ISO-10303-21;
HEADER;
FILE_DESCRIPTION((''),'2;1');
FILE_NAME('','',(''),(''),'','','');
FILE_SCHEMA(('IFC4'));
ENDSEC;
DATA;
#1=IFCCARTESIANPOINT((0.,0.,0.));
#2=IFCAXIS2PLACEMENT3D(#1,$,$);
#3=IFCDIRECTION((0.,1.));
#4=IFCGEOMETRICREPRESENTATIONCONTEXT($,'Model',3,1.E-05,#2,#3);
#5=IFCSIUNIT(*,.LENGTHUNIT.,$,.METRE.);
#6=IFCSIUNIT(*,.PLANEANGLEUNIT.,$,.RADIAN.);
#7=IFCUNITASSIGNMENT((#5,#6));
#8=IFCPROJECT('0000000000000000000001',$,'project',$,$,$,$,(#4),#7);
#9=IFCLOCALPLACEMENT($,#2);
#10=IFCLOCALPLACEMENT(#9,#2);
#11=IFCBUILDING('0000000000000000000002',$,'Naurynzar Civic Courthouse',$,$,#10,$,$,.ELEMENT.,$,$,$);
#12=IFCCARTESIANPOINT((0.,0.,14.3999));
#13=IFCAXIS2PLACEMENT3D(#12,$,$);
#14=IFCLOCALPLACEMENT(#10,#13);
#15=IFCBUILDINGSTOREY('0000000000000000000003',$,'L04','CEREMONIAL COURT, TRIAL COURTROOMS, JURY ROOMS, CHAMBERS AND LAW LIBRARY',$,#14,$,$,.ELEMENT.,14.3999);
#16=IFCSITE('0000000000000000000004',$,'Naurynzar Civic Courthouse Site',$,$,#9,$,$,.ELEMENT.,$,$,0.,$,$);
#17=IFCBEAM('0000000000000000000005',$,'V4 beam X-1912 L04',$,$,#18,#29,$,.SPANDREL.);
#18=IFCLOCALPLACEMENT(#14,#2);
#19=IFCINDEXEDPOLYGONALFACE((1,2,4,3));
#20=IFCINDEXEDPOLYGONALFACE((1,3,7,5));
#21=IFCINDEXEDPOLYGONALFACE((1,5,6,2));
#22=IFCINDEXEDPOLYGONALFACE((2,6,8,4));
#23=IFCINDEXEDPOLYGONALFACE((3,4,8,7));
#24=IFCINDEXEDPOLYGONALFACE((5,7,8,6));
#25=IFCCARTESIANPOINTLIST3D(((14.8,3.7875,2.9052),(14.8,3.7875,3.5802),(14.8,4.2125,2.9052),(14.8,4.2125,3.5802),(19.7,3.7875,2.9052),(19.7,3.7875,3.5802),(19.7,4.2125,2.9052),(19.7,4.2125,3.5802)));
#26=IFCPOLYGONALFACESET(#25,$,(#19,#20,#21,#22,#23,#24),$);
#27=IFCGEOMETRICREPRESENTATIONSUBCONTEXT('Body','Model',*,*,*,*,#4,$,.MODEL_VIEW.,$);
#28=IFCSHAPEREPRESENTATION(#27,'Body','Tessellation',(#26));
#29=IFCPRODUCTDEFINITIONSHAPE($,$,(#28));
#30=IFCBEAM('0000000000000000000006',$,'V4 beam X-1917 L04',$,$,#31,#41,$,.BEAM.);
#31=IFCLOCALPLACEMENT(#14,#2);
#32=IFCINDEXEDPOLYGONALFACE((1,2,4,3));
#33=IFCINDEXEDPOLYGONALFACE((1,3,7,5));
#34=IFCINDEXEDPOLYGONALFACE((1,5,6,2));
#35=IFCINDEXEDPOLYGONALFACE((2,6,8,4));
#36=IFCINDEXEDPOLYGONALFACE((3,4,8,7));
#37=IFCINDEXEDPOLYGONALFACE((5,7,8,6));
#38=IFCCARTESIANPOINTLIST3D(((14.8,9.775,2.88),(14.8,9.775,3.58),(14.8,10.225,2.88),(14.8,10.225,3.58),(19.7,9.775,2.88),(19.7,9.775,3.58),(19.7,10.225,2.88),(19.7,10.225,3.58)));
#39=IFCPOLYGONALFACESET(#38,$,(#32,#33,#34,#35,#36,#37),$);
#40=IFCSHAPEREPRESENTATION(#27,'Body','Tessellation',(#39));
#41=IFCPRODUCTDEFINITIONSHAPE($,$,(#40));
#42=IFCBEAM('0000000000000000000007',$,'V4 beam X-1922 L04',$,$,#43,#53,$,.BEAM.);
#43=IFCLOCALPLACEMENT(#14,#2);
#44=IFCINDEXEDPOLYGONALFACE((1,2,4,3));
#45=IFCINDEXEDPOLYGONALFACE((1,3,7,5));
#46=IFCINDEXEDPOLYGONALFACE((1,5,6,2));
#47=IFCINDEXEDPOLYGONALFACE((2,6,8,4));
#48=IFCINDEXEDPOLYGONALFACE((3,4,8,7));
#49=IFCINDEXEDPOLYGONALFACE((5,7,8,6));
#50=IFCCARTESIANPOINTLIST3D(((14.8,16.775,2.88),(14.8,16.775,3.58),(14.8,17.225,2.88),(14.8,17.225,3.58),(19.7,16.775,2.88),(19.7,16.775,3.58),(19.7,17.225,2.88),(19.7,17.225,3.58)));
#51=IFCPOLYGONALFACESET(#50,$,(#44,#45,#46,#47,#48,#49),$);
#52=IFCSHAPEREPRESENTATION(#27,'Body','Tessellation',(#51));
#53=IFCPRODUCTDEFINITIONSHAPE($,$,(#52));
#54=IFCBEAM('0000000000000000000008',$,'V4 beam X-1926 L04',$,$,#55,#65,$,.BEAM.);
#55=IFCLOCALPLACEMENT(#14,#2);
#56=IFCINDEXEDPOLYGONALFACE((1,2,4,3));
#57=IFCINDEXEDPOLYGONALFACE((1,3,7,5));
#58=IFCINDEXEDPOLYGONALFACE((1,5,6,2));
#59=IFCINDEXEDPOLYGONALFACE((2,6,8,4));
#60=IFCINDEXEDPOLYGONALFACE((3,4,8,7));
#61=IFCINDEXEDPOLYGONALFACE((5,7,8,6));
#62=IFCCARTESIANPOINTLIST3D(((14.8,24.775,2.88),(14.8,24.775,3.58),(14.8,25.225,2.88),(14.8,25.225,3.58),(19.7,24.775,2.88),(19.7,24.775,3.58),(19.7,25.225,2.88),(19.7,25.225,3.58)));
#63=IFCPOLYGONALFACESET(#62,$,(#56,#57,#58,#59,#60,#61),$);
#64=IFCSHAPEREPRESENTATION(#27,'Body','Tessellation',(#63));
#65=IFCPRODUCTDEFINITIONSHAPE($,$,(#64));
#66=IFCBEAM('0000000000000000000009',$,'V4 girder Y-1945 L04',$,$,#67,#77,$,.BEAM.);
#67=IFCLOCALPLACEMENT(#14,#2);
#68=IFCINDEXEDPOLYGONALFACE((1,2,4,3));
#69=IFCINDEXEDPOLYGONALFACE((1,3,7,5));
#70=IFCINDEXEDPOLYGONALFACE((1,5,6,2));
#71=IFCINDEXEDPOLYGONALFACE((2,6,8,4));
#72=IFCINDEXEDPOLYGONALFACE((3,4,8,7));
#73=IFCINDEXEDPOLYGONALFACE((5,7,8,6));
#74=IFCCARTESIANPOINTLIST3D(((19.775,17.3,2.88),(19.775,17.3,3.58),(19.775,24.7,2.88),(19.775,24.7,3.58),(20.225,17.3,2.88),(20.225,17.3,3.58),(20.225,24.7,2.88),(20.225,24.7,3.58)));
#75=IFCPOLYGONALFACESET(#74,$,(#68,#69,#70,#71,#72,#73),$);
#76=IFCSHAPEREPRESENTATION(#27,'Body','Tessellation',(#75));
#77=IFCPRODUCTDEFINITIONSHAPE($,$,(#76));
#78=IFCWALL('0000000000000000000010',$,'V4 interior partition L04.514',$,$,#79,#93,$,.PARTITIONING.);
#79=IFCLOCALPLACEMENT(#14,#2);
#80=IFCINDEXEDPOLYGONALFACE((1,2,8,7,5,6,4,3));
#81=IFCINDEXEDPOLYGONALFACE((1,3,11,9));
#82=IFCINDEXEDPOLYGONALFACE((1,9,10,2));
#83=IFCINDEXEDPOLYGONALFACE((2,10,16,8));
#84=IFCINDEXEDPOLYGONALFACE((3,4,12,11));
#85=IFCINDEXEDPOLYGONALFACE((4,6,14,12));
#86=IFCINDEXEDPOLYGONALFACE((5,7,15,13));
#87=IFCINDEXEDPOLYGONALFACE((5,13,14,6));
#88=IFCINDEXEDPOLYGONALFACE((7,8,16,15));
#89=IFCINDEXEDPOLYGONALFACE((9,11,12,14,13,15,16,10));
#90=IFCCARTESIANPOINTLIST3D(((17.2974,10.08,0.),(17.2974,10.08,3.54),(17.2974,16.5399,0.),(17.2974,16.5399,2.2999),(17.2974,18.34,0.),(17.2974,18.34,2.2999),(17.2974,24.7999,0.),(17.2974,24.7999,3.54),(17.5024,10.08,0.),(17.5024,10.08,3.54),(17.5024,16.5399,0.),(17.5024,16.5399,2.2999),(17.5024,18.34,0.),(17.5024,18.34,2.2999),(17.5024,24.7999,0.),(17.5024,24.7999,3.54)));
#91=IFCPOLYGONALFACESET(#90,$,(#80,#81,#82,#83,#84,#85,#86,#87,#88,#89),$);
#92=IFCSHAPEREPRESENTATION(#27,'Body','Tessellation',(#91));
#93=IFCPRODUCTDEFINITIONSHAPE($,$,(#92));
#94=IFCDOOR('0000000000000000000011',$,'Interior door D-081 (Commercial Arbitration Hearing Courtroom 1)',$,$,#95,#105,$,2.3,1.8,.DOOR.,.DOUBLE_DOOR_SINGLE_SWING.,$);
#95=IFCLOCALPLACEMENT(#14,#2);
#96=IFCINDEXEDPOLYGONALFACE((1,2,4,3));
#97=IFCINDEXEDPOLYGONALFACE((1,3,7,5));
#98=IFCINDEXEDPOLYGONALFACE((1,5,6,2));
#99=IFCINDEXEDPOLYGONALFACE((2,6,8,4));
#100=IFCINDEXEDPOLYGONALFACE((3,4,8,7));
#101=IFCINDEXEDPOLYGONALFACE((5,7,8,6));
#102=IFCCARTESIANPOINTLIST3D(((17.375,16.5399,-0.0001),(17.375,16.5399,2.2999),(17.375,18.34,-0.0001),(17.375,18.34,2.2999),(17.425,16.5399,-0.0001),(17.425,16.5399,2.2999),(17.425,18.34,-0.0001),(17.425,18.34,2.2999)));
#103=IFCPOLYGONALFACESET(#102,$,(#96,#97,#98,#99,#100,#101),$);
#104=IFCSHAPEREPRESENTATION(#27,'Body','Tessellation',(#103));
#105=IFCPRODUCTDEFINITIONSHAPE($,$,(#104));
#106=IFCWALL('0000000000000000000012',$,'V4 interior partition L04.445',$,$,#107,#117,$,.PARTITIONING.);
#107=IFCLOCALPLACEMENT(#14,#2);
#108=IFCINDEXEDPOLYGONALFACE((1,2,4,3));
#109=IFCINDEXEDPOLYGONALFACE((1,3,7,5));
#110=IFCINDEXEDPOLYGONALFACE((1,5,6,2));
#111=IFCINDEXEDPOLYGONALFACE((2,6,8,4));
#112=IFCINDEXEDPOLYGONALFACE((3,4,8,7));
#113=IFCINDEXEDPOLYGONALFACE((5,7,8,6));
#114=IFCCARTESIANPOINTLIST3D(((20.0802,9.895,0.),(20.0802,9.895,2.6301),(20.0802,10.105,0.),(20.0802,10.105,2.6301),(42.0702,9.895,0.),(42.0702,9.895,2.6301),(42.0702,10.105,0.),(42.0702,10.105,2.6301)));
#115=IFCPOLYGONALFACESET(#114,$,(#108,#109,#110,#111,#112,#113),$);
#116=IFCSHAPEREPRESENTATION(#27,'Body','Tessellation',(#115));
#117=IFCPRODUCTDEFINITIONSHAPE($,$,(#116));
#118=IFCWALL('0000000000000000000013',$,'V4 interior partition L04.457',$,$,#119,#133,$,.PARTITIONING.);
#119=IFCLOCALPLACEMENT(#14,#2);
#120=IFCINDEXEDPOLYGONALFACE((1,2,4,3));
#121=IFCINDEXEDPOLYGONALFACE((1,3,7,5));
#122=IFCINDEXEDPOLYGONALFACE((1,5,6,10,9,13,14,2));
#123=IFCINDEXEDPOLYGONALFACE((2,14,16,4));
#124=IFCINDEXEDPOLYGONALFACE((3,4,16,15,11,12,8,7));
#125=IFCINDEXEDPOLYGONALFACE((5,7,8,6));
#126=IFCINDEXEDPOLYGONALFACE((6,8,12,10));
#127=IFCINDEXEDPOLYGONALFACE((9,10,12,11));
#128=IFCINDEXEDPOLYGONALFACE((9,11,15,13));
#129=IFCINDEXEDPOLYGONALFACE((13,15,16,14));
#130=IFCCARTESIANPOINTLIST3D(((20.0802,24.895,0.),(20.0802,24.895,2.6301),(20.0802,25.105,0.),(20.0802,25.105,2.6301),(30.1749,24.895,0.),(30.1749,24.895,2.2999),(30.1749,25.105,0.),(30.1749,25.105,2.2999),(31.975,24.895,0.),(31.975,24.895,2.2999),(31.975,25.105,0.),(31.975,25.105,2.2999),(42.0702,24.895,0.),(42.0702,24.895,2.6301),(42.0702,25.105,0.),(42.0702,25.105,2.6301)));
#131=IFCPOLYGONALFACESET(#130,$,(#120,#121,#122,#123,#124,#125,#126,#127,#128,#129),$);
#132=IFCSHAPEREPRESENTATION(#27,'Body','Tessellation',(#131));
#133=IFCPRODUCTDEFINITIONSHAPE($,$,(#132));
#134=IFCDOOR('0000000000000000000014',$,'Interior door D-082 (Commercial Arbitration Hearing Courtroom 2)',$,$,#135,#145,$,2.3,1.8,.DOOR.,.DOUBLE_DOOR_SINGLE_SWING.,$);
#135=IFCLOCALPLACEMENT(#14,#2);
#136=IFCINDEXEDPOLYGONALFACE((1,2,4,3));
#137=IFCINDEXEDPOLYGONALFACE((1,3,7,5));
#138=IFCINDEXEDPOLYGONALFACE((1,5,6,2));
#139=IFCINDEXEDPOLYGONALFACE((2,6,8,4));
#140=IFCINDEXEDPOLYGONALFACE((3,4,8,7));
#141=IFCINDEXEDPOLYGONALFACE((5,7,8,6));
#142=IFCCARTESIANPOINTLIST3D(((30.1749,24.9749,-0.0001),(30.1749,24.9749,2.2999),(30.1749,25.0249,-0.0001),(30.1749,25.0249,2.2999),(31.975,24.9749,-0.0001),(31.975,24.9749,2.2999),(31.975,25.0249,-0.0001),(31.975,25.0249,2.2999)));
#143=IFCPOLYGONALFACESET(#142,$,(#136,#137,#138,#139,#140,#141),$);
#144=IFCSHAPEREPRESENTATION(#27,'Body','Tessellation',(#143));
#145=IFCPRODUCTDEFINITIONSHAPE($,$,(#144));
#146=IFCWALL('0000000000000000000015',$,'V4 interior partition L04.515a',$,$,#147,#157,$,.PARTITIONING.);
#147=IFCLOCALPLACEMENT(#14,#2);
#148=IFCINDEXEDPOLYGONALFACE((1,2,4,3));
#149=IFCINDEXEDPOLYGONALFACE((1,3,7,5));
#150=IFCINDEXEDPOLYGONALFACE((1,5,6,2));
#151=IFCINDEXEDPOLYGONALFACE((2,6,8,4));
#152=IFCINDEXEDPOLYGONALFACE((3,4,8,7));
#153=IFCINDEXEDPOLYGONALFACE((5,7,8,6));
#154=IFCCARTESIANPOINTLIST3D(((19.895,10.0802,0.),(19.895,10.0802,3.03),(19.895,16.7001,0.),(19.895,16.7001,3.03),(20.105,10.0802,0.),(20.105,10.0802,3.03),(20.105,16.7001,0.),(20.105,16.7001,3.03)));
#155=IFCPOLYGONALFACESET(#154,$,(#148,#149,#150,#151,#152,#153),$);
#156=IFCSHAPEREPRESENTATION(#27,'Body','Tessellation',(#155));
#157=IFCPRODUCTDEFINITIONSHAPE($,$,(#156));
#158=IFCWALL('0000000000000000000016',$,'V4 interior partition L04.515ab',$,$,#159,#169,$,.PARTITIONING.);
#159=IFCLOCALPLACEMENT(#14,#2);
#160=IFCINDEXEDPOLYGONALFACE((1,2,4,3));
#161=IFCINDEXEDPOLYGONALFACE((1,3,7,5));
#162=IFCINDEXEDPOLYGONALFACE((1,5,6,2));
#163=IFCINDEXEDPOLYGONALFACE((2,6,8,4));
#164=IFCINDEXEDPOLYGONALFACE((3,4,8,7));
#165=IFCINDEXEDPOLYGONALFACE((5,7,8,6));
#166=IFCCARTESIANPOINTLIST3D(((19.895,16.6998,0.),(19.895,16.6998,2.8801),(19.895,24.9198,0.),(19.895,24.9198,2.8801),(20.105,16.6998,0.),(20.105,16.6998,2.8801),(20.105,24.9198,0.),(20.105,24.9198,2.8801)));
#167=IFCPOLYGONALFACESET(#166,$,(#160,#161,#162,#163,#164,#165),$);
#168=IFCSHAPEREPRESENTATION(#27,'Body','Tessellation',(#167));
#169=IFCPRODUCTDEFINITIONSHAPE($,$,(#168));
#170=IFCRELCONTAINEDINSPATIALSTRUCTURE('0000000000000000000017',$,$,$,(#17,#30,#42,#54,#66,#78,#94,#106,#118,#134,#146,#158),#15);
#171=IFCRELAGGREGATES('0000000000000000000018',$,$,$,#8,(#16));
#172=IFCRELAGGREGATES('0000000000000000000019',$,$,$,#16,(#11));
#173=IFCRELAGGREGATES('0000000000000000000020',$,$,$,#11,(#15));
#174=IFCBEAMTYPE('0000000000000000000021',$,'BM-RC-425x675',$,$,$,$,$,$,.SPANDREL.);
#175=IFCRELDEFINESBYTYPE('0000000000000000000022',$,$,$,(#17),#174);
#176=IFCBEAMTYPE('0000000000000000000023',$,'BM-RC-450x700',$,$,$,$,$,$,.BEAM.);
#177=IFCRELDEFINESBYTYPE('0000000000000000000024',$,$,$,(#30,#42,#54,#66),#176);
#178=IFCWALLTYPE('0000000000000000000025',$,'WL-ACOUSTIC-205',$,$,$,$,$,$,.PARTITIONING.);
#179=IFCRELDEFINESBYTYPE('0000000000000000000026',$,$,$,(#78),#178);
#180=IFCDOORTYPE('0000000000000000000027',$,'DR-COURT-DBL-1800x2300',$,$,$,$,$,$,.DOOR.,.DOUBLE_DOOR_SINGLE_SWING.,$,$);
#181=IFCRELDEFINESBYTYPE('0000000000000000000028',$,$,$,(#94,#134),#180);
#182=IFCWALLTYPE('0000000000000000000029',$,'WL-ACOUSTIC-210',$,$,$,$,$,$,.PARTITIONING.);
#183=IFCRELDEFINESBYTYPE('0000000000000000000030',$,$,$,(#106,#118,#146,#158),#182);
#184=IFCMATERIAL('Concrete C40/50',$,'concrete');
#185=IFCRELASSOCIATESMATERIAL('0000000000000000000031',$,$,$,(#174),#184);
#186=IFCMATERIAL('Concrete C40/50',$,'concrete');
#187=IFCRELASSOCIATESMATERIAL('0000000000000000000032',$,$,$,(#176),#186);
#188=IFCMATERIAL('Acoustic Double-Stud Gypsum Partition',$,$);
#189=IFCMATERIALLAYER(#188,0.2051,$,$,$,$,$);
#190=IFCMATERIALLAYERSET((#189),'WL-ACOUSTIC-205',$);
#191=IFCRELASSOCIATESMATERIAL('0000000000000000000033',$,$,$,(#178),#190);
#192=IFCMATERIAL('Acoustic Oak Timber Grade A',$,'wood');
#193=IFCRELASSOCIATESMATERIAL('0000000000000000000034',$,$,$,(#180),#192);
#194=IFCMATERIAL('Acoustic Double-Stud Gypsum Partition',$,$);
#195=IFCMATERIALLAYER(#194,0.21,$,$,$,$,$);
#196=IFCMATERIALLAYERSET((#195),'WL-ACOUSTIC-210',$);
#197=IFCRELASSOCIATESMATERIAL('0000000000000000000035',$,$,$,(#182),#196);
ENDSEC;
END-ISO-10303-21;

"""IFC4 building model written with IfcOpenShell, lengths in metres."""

from ifc_helpers import new_model, si_unit, direction, frame, frame_2d, origin, origin_2d, place, context, subcontext, project, spatial, rectangle, extrude, material, layer, layer_set, material_profile, profile_set, type_object, element, fill, save


model = new_model("IFC4")

# Units and contexts
model_context = context("Model", 3, precision=1e-05, world=origin(), true_north=direction((0.0, 1.0)))
body_context = subcontext(model_context, "Body", "Model", "MODEL_VIEW")
ifc_project = project(units=[si_unit("LENGTHUNIT", "METRE"), si_unit("PLANEANGLEUNIT", "RADIAN")], contexts=[model_context])

# Site, building, storey
site_placement = place(None, origin())
site = spatial("IfcSite", under=ifc_project, at=site_placement, Name="Naurynzar Civic Courthouse Site", CompositionType="ELEMENT", RefElevation=0.0)
building_placement = place(site_placement, origin())
building = spatial("IfcBuilding", under=site, at=building_placement, Name="Naurynzar Civic Courthouse", CompositionType="ELEMENT")
storey_placement = place(building_placement, frame((0.0, 0.0, 14.3999)))
storey = spatial("IfcBuildingStorey", under=building, at=storey_placement, Name="L04", Description="CEREMONIAL COURT, TRIAL COURTROOMS, JURY ROOMS, CHAMBERS AND LAW LIBRARY", CompositionType="ELEMENT", Elevation=14.3999)

# Beams
ifc_material_1 = material(Name="Concrete C40/50", Category="concrete")
ifc_material_profile_1 = material_profile(ifc_material_1, rectangle(XDim=0.425, YDim=0.675, at=origin_2d()), Name="RCB 425x675")
ifc_profile_set_1 = profile_set([ifc_material_profile_1], Name="Concrete C40/50")
beam_type_1 = type_object("IfcBeamType", Name="BM-RC-425x675", PredefinedType="SPANDREL", material=ifc_profile_set_1)
beam_1_placement = place(storey_placement, frame((14.8, 4.0, 3.2427), z_axis=(1.0, 0.0, 0.0), x_axis=(0.0, 1.0, 0.0)))
element("IfcBeam", 1, at=beam_1_placement, inside=storey, type_object=beam_type_1, Name="V4 beam X-1912 L04", PredefinedType="SPANDREL", context=body_context, shape_type="SweptSolid", body=[
    extrude(rectangle(XDim=0.425, YDim=0.675, at=origin_2d()), origin(), (0.0, 0.0, 1.0), 4.8999),
])
ifc_material_2 = material(Name="Concrete C40/50", Category="concrete")
ifc_material_profile_2 = material_profile(ifc_material_2, rectangle(XDim=0.45, YDim=0.7, at=origin_2d()), Name="RCB 450x700")
ifc_profile_set_2 = profile_set([ifc_material_profile_2], Name="Concrete C40/50")
beam_type_2 = type_object("IfcBeamType", Name="BM-RC-450x700", PredefinedType="BEAM", material=ifc_profile_set_2)
for number, where, z_axis, x_axis, name in (
    (2, (14.8, 10.0, 3.23), (1.0, 0.0, 0.0), (0.0, 1.0, 0.0), "V4 beam X-1917 L04"),
    (3, (14.8, 17.0, 3.23), (1.0, 0.0, 0.0), (0.0, 1.0, 0.0), "V4 beam X-1922 L04"),
    (4, (14.8, 25.0, 3.23), (1.0, 0.0, 0.0), (0.0, 1.0, 0.0), "V4 beam X-1926 L04"),
):
    element("IfcBeam", number, at=place(storey_placement, frame(where, z_axis=z_axis, x_axis=x_axis)), inside=storey, type_object=beam_type_2, Name=name, PredefinedType="BEAM", context=body_context, shape_type="SweptSolid", body=[
        extrude(rectangle(XDim=0.45, YDim=0.7, at=origin_2d()), origin(), (0.0, 0.0, 1.0), 4.8999),
    ])
beam_2_placement = place(storey_placement, frame((20.0, 17.3, 3.23), z_axis=(0.0, 1.0, 0.0), x_axis=(-1.0, 0.0, 0.0)))
element("IfcBeam", 5, at=beam_2_placement, inside=storey, type_object=beam_type_2, Name="V4 girder Y-1945 L04", PredefinedType="BEAM", context=body_context, shape_type="SweptSolid", body=[
    extrude(rectangle(XDim=0.45, YDim=0.7, at=origin_2d()), origin(), (0.0, 0.0, 1.0), 7.3999),
])

# Wall, opening, door
ifc_material_3 = material(Name="Acoustic Double-Stud Gypsum Partition")
ifc_layer_1 = layer(ifc_material_3, 0.2051)
ifc_layer_set_1 = layer_set([ifc_layer_1], Name="WL-ACOUSTIC-205")
wall_type_1 = type_object("IfcWallType", Name="WL-ACOUSTIC-205", PredefinedType="PARTITIONING", material=ifc_layer_set_1)
wall_1_placement = place(storey_placement, frame((17.3999, 10.0801, 0.0), z_axis=(0.0, 0.0, 1.0), x_axis=(0.0, 1.0, 0.0)))
wall_1 = element("IfcWall", 6, at=wall_1_placement, inside=storey, type_object=wall_type_1, Name="V4 interior partition L04.514", PredefinedType="PARTITIONING", context=body_context, shape_type="SweptSolid", body=[
    extrude(rectangle(XDim=14.72, YDim=0.2051, at=frame_2d((7.3599, 0.0))), origin(), (0.0, 0.0, 1.0), 3.54),
])
opening_1_placement = place(wall_1_placement, frame((6.46, 0.0, 0.0)))
opening_1 = element("IfcOpeningElement", 7, at=opening_1_placement, cuts=wall_1, PredefinedType="OPENING", context=body_context, shape_type="SweptSolid", body=[
    extrude(rectangle(XDim=1.8, YDim=2.3, at=frame_2d((0.8999, 1.1499))), frame((0.0, 0.1125, 0.0), z_axis=(0.0, -1.0, 0.0), x_axis=(1.0, 0.0, 0.0)), (0.0, 0.0, 1.0), 0.2251),
])
ifc_material_4 = material(Name="Acoustic Oak Timber Grade A", Category="wood")
door_type_1 = type_object("IfcDoorType", Name="DR-COURT-DBL-1800x2300", OperationType="DOUBLE_DOOR_SINGLE_SWING", PredefinedType="DOOR", material=ifc_material_4)
door_1_placement = place(opening_1_placement, origin())
door_1 = element("IfcDoor", 8, at=door_1_placement, inside=storey, type_object=door_type_1, Name="Interior door D-081 (Commercial Arbitration Hearing Courtroom 1)", OperationType="DOUBLE_DOOR_SINGLE_SWING", OverallHeight=2.3, OverallWidth=1.8, PredefinedType="DOOR", context=body_context, shape_type="SweptSolid", body=[
    extrude(rectangle(XDim=1.8, YDim=2.3, at=frame_2d((0.8999, 1.1499))), frame((0.0, 0.0249, 0.0), z_axis=(0.0, -1.0, 0.0), x_axis=(1.0, 0.0, 0.0)), (0.0, 0.0, 1.0), 0.05),
])
fill(opening_1, door_1)

# Wall
ifc_material_5 = material(Name="Acoustic Double-Stud Gypsum Partition")
ifc_layer_2 = layer(ifc_material_5, 0.21)
ifc_layer_set_2 = layer_set([ifc_layer_2], Name="WL-ACOUSTIC-210")
wall_type_2 = type_object("IfcWallType", Name="WL-ACOUSTIC-210", PredefinedType="PARTITIONING", material=ifc_layer_set_2)
wall_2_placement = place(storey_placement, frame((20.0801, 10.0, 0.0), z_axis=(0.0, 0.0, 1.0), x_axis=(1.0, 0.0, 0.0)))
element("IfcWall", 9, at=wall_2_placement, inside=storey, type_object=wall_type_2, Name="V4 interior partition L04.445", PredefinedType="PARTITIONING", context=body_context, shape_type="SweptSolid", body=[
    extrude(rectangle(XDim=21.99, YDim=0.21, at=frame_2d((10.9951, 0.0))), origin(), (0.0, 0.0, 1.0), 2.6301),
])

# Wall, opening, door
wall_3_placement = place(storey_placement, frame((20.0801, 25.0, 0.0), z_axis=(0.0, 0.0, 1.0), x_axis=(1.0, 0.0, 0.0)))
wall_3 = element("IfcWall", 10, at=wall_3_placement, inside=storey, type_object=wall_type_2, Name="V4 interior partition L04.457", PredefinedType="PARTITIONING", context=body_context, shape_type="SweptSolid", body=[
    extrude(rectangle(XDim=21.99, YDim=0.21, at=frame_2d((10.9951, 0.0))), origin(), (0.0, 0.0, 1.0), 2.6301),
])
opening_2_placement = place(wall_3_placement, frame((10.095, 0.0, 0.0)))
opening_2 = element("IfcOpeningElement", 11, at=opening_2_placement, cuts=wall_3, PredefinedType="OPENING", context=body_context, shape_type="SweptSolid", body=[
    extrude(rectangle(XDim=1.8, YDim=2.3, at=frame_2d((0.8999, 1.1499))), frame((0.0, 0.115, 0.0), z_axis=(0.0, -1.0, 0.0), x_axis=(1.0, 0.0, 0.0)), (0.0, 0.0, 1.0), 0.23),
])
door_2_placement = place(opening_2_placement, origin())
door_2 = element("IfcDoor", 12, at=door_2_placement, inside=storey, type_object=door_type_1, Name="Interior door D-082 (Commercial Arbitration Hearing Courtroom 2)", OperationType="DOUBLE_DOOR_SINGLE_SWING", OverallHeight=2.3, OverallWidth=1.8, PredefinedType="DOOR", context=body_context, shape_type="SweptSolid", body=[
    extrude(rectangle(XDim=1.8, YDim=2.3, at=frame_2d((0.8999, 1.1499))), frame((0.0, 0.0249, 0.0), z_axis=(0.0, -1.0, 0.0), x_axis=(1.0, 0.0, 0.0)), (0.0, 0.0, 1.0), 0.05),
])
fill(opening_2, door_2)

# Walls
wall_4_placement = place(storey_placement, frame((20.0, 10.0801, 0.0), z_axis=(0.0, 0.0, 1.0), x_axis=(0.0, 1.0, 0.0)))
element("IfcWall", 13, at=wall_4_placement, inside=storey, type_object=wall_type_2, Name="V4 interior partition L04.515a", PredefinedType="PARTITIONING", context=body_context, shape_type="SweptSolid", body=[
    extrude(rectangle(XDim=6.6199, YDim=0.21, at=frame_2d((3.3101, 0.0))), origin(), (0.0, 0.0, 1.0), 3.03),
])
wall_5_placement = place(storey_placement, frame((20.0, 16.7, 0.0), z_axis=(0.0, 0.0, 1.0), x_axis=(0.0, 1.0, 0.0)))
element("IfcWall", 14, at=wall_5_placement, inside=storey, type_object=wall_type_2, Name="V4 interior partition L04.515ab", PredefinedType="PARTITIONING", context=body_context, shape_type="SweptSolid", body=[
    extrude(rectangle(XDim=8.22, YDim=0.21, at=frame_2d((4.1099, 0.0))), origin(), (0.0, 0.0, 1.0), 2.8801),
])

save(model, "model.ifc")
